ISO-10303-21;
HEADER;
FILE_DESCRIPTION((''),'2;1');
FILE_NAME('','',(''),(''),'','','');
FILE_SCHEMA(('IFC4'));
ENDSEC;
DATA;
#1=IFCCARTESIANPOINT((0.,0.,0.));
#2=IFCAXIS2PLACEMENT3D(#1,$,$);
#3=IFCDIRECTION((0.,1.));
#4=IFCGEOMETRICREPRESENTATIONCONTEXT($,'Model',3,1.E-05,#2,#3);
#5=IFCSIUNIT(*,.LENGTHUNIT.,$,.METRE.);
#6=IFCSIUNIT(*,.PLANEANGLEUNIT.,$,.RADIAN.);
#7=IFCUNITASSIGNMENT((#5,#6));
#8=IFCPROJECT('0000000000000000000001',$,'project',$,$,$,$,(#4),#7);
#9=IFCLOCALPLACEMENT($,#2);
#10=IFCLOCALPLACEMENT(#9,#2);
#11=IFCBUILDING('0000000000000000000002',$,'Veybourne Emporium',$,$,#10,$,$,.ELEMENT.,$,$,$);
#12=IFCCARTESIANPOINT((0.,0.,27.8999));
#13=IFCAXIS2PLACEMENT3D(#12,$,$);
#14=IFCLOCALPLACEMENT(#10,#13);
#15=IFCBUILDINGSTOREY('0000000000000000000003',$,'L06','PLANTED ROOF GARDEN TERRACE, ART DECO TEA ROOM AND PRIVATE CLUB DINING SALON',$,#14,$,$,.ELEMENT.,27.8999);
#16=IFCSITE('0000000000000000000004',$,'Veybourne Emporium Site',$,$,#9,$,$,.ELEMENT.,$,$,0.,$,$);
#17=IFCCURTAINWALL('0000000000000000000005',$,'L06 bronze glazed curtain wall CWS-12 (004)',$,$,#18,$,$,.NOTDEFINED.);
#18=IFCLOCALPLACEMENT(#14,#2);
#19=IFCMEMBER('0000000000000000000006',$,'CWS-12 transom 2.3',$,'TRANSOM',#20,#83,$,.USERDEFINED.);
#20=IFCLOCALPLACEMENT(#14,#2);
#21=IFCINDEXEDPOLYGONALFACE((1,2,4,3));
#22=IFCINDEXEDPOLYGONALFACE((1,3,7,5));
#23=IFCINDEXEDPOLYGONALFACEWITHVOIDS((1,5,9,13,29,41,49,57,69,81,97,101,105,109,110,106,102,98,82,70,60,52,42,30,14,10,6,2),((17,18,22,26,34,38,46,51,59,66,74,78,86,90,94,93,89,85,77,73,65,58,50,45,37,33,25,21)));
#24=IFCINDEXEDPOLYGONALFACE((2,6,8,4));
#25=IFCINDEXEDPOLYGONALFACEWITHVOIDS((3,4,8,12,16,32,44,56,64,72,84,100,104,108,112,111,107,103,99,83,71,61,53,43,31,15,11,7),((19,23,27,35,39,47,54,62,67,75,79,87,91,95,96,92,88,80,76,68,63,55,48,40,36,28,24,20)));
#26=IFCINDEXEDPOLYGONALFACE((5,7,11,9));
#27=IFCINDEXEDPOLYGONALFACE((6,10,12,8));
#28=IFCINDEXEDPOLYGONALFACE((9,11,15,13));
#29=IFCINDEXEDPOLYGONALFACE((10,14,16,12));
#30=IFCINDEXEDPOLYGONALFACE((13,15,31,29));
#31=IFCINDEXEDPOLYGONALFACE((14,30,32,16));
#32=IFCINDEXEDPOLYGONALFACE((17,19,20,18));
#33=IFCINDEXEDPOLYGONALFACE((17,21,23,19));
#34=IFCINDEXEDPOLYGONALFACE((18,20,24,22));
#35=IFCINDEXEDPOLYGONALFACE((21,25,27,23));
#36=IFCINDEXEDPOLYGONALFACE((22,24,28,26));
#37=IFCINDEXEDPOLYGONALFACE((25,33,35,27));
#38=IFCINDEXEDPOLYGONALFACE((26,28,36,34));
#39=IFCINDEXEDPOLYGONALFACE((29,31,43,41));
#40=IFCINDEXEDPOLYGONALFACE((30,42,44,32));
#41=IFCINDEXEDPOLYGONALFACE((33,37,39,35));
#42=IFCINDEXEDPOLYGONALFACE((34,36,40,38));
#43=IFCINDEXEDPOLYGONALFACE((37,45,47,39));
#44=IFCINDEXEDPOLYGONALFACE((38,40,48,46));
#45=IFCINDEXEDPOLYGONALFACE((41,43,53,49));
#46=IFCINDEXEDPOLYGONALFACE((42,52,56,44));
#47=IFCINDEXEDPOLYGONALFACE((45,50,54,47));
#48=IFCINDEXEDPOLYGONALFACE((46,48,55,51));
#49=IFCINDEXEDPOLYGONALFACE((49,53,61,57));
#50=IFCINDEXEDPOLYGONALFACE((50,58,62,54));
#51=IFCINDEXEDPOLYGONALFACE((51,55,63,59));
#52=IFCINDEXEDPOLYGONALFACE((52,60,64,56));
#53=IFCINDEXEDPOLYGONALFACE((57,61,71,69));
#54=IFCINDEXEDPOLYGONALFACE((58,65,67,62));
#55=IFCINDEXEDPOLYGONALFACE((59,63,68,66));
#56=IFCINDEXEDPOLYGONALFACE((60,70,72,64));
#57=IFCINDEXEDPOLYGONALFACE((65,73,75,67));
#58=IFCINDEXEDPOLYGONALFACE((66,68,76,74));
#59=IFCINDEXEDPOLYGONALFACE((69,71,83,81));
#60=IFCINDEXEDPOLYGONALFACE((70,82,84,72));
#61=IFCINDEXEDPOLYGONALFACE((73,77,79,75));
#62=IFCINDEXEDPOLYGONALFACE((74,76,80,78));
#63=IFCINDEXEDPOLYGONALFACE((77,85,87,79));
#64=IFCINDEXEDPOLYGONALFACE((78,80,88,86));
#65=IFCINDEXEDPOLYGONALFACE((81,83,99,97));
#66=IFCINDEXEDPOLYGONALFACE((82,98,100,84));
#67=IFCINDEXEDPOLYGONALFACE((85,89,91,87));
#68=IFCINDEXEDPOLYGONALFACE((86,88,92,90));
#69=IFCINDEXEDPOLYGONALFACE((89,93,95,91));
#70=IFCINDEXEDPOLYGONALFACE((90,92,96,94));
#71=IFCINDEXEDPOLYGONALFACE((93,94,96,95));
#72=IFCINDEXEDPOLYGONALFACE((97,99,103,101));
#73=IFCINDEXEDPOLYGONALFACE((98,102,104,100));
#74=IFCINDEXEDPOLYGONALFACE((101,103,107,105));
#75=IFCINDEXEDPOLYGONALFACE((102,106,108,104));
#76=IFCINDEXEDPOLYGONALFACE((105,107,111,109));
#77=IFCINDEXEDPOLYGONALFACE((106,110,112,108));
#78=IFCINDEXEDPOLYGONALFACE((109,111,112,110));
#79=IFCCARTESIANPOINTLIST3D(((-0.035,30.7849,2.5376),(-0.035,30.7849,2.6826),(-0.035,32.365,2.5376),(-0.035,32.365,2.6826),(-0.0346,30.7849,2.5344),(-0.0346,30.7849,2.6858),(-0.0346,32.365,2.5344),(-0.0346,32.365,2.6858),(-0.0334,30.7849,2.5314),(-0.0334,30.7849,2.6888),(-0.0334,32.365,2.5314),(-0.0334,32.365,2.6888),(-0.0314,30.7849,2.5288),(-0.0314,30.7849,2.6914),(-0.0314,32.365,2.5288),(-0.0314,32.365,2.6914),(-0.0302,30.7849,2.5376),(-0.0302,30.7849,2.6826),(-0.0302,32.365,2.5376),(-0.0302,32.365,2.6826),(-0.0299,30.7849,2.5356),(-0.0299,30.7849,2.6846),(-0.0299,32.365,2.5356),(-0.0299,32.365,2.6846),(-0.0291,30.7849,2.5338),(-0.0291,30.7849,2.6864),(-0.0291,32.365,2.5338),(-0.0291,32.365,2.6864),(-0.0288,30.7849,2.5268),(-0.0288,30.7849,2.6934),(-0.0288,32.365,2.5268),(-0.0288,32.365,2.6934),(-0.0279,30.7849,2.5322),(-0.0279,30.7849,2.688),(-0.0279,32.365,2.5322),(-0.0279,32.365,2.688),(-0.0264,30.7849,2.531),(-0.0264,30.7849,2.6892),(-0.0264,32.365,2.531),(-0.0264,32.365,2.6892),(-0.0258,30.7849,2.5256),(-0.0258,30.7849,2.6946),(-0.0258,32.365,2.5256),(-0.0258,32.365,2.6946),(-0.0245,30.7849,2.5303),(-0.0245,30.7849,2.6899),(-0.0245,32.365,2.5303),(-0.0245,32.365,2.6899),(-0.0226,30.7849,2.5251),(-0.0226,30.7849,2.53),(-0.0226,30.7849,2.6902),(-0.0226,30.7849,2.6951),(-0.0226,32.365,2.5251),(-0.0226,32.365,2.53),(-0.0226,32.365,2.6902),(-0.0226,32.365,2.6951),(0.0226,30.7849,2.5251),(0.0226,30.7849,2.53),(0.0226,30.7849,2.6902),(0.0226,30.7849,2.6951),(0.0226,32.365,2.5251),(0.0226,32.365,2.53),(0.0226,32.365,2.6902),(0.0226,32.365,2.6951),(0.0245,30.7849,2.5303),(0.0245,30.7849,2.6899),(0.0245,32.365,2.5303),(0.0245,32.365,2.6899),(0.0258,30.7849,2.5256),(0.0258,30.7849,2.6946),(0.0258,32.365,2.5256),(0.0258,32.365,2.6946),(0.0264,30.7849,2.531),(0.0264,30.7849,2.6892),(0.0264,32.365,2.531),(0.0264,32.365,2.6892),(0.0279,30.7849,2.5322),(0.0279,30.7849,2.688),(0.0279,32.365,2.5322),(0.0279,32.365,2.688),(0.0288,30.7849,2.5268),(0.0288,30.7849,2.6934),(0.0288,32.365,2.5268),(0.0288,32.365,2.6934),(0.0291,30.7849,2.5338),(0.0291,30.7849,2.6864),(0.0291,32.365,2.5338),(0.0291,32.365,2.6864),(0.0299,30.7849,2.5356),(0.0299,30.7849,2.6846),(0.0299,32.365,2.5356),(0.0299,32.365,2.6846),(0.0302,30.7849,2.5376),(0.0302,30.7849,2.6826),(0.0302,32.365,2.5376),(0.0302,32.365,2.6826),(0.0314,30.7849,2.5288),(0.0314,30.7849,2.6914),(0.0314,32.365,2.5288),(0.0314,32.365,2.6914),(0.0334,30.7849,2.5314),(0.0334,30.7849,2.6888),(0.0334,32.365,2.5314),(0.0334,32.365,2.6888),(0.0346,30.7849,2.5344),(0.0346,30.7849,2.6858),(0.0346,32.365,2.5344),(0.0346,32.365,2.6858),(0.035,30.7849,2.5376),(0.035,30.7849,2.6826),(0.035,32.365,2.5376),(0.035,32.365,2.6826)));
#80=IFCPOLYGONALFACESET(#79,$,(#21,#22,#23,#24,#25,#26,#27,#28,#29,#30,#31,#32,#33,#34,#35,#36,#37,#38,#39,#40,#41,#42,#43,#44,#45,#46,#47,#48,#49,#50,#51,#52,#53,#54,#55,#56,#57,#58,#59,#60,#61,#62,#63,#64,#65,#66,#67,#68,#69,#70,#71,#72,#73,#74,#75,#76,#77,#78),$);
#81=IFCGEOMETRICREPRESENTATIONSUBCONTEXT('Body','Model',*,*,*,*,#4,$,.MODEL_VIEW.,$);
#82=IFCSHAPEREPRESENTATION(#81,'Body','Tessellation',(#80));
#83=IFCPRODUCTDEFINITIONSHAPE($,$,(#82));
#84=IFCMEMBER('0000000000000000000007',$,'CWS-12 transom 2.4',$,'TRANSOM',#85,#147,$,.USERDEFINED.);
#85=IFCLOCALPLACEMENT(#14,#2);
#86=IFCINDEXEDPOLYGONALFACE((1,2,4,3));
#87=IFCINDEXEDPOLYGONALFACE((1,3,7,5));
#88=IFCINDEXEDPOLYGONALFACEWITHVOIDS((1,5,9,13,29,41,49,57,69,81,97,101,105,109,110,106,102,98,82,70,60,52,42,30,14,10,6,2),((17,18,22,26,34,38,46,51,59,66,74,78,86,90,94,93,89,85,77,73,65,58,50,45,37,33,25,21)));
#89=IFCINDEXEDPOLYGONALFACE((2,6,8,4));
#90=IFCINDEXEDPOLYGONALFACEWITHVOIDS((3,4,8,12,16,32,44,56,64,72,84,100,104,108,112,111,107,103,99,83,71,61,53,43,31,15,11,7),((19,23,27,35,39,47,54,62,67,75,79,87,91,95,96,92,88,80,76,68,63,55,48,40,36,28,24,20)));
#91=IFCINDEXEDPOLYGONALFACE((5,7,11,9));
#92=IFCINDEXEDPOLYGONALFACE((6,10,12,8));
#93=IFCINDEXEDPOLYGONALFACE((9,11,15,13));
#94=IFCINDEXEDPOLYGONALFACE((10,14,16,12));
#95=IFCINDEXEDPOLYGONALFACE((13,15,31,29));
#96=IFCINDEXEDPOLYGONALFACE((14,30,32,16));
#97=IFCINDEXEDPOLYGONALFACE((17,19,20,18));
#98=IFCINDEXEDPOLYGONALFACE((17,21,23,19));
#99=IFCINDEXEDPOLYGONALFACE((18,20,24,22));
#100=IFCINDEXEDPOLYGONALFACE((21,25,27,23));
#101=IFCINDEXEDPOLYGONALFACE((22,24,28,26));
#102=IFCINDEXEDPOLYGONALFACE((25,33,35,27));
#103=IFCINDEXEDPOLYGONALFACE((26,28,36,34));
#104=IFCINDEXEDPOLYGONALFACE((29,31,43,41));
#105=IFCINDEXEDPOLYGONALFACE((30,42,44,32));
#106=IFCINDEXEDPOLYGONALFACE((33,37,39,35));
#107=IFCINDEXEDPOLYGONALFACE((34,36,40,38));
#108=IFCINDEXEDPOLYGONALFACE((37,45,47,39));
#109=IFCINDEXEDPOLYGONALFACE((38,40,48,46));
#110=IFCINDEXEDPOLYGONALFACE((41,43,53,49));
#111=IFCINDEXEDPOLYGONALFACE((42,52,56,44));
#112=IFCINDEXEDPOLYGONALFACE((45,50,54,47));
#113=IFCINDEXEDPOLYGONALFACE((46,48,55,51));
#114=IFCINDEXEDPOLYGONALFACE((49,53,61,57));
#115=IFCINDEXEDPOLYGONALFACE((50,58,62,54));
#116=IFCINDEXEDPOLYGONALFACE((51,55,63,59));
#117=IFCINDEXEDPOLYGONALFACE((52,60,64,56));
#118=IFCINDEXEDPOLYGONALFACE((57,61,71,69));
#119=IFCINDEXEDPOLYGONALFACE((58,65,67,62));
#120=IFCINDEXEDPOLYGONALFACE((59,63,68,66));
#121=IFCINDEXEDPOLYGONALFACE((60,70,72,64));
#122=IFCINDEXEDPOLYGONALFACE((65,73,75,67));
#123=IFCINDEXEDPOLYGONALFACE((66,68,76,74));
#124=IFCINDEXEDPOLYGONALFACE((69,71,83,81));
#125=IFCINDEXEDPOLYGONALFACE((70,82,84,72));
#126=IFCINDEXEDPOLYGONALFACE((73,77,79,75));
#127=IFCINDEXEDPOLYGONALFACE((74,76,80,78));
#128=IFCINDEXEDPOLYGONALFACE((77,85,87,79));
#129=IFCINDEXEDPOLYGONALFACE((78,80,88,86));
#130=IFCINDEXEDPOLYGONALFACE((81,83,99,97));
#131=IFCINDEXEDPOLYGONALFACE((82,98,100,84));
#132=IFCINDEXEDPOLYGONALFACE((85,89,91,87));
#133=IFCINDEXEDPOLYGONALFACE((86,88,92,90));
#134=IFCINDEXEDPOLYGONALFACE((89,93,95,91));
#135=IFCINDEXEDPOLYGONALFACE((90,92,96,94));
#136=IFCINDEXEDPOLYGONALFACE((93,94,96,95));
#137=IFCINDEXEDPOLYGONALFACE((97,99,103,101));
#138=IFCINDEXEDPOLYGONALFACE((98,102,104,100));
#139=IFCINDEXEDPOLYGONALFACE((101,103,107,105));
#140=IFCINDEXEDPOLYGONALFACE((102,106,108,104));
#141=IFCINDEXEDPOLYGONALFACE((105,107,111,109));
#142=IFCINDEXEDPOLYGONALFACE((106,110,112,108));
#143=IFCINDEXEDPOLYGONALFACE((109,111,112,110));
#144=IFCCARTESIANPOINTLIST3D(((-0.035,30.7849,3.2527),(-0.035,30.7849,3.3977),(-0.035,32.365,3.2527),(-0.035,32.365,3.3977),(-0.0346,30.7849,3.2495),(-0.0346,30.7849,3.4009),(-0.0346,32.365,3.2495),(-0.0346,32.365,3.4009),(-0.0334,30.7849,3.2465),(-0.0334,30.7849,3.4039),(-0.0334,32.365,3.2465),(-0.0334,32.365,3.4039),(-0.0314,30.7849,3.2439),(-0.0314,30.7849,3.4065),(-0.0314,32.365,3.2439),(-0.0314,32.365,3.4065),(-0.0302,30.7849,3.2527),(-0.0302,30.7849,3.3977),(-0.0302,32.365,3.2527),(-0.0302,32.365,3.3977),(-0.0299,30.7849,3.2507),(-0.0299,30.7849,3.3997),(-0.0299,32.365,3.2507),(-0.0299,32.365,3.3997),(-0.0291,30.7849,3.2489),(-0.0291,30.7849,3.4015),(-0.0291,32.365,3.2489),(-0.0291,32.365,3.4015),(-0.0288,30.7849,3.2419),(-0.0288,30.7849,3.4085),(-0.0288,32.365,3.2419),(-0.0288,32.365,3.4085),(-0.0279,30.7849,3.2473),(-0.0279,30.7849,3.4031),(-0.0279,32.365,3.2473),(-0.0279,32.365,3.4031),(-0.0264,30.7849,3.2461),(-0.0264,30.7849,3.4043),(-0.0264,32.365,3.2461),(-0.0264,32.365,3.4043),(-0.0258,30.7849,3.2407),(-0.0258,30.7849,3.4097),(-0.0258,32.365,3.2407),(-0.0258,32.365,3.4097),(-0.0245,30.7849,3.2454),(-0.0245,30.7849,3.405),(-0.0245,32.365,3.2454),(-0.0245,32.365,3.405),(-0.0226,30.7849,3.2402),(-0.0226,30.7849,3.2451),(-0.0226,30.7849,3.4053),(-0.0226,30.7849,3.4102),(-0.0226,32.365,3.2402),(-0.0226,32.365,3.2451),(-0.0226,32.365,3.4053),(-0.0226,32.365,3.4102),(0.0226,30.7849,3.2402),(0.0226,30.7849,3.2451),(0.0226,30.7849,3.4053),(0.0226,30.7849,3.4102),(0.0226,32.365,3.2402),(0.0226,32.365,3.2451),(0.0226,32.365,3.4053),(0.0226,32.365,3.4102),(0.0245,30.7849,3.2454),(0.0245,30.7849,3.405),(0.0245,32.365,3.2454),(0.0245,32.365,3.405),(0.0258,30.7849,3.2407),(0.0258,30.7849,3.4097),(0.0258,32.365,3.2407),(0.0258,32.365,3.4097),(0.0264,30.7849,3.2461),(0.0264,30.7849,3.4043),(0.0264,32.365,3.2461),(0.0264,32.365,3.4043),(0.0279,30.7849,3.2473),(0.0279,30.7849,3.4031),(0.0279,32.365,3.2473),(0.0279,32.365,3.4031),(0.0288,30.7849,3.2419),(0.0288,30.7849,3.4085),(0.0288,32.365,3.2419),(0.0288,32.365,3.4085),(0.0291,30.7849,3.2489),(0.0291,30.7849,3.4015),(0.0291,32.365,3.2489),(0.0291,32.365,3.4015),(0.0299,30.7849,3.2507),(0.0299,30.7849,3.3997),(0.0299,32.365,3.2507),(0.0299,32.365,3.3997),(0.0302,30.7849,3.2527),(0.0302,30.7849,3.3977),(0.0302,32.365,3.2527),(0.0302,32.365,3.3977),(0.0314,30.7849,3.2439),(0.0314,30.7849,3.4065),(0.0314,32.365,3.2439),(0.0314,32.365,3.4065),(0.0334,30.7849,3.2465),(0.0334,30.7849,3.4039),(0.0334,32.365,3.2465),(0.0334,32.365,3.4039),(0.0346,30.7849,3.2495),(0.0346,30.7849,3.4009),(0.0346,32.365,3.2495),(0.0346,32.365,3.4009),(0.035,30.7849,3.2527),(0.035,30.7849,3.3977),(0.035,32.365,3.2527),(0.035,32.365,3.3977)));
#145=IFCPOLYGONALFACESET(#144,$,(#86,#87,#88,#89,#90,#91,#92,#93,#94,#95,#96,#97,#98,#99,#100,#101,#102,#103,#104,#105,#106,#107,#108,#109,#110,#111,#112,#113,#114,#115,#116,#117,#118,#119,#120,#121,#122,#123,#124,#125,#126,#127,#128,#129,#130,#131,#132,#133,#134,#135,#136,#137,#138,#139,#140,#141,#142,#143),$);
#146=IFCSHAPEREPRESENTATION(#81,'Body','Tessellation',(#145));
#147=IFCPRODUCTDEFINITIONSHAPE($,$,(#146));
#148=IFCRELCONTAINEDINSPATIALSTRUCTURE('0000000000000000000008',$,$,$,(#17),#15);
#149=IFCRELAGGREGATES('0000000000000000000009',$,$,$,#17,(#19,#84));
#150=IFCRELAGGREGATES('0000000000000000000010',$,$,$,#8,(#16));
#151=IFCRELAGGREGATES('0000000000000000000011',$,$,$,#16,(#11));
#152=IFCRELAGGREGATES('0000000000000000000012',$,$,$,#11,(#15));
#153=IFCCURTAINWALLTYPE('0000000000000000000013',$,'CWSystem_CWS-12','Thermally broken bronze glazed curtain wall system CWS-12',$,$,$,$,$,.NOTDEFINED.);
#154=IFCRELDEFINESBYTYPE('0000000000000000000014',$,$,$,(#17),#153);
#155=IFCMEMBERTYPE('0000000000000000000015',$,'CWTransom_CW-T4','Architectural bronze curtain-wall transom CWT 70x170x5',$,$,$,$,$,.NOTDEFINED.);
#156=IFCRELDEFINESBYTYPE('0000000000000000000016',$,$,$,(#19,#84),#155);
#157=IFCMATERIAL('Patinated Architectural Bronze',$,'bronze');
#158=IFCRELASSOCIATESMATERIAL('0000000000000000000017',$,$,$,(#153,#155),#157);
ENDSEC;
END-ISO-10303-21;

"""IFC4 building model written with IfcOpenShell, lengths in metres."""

from ifc_helpers import new_model, si_unit, direction, frame, origin, origin_2d, place, context, subcontext, project, spatial, hollow_rectangle, extrude, material, material_profile, profile_set, type_object, element, aggregate, save


model = new_model("IFC4")

# Units and contexts
model_context = context("Model", 3, precision=1e-05, world=origin(), true_north=direction((0.0, 1.0)))
body_context = subcontext(model_context, "Body", "Model", "MODEL_VIEW")
ifc_project = project(units=[si_unit("LENGTHUNIT", "METRE"), si_unit("PLANEANGLEUNIT", "RADIAN")], contexts=[model_context])

# Site, building, storey
site_placement = place(None, origin())
site = spatial("IfcSite", under=ifc_project, at=site_placement, Name="Veybourne Emporium Site", CompositionType="ELEMENT", RefElevation=0.0)
building_placement = place(site_placement, origin())
building = spatial("IfcBuilding", under=site, at=building_placement, Name="Veybourne Emporium", CompositionType="ELEMENT")
storey_placement = place(building_placement, frame((0.0, 0.0, 27.8999)))
storey = spatial("IfcBuildingStorey", under=building, at=storey_placement, Name="L06", Description="PLANTED ROOF GARDEN TERRACE, ART DECO TEA ROOM AND PRIVATE CLUB DINING SALON", CompositionType="ELEMENT", Elevation=27.8999)

# Curtain wall, members
ifc_material_1 = material(Name="Patinated Architectural Bronze", Category="bronze")
curtain_wall_type = type_object("IfcCurtainWallType", Name="CWSystem_CWS-12", Description="Thermally broken bronze glazed curtain wall system CWS-12", PredefinedType="NOTDEFINED", material=ifc_material_1)
curtain_wall_placement = place(storey_placement, origin())
curtain_wall = element("IfcCurtainWall", 1, at=curtain_wall_placement, inside=storey, type_object=curtain_wall_type, Name="L06 bronze glazed curtain wall CWS-12 (004)", PredefinedType="NOTDEFINED")
ifc_material_profile_1 = material_profile(ifc_material_1, hollow_rectangle(XDim=0.0701, YDim=0.1699, WallThickness=0.0049, InnerFilletRadius=0.0076, OuterFilletRadius=0.0125, at=origin_2d()), Name="CWT 70x170x5")
ifc_profile_set_1 = profile_set([ifc_material_profile_1], Name="Patinated Architectural Bronze")
member_type_1 = type_object("IfcMemberType", Name="CWTransom_CW-T4", Description="Architectural bronze curtain-wall transom CWT 70x170x5", PredefinedType="NOTDEFINED", material=ifc_profile_set_1)
member_1_placement = place(storey_placement, frame((0.0, 30.7849, 2.6101), z_axis=(0.0, 1.0, 0.0), x_axis=(-1.0, 0.0, 0.0)))
member_1 = element("IfcMember", 2, at=member_1_placement, type_object=member_type_1, Name="CWS-12 transom 2.3", ObjectType="TRANSOM", PredefinedType="USERDEFINED", context=body_context, shape_type="SweptSolid", body=[
    extrude(hollow_rectangle(XDim=0.0701, YDim=0.1699, WallThickness=0.0049, InnerFilletRadius=0.0076, OuterFilletRadius=0.0125, at=origin_2d()), origin(), (0.0, 0.0, 1.0), 1.5801),
])
member_2_placement = place(storey_placement, frame((0.0, 30.7849, 3.3252), z_axis=(0.0, 1.0, 0.0), x_axis=(-1.0, 0.0, 0.0)))
member_2 = element("IfcMember", 3, at=member_2_placement, type_object=member_type_1, Name="CWS-12 transom 2.4", ObjectType="TRANSOM", PredefinedType="USERDEFINED", context=body_context, shape_type="SweptSolid", body=[
    extrude(hollow_rectangle(XDim=0.0701, YDim=0.1699, WallThickness=0.0049, InnerFilletRadius=0.0076, OuterFilletRadius=0.0125, at=origin_2d()), origin(), (0.0, 0.0, 1.0), 1.5801),
])

aggregate(curtain_wall, [member_1, member_2])

save(model, "model.ifc")
